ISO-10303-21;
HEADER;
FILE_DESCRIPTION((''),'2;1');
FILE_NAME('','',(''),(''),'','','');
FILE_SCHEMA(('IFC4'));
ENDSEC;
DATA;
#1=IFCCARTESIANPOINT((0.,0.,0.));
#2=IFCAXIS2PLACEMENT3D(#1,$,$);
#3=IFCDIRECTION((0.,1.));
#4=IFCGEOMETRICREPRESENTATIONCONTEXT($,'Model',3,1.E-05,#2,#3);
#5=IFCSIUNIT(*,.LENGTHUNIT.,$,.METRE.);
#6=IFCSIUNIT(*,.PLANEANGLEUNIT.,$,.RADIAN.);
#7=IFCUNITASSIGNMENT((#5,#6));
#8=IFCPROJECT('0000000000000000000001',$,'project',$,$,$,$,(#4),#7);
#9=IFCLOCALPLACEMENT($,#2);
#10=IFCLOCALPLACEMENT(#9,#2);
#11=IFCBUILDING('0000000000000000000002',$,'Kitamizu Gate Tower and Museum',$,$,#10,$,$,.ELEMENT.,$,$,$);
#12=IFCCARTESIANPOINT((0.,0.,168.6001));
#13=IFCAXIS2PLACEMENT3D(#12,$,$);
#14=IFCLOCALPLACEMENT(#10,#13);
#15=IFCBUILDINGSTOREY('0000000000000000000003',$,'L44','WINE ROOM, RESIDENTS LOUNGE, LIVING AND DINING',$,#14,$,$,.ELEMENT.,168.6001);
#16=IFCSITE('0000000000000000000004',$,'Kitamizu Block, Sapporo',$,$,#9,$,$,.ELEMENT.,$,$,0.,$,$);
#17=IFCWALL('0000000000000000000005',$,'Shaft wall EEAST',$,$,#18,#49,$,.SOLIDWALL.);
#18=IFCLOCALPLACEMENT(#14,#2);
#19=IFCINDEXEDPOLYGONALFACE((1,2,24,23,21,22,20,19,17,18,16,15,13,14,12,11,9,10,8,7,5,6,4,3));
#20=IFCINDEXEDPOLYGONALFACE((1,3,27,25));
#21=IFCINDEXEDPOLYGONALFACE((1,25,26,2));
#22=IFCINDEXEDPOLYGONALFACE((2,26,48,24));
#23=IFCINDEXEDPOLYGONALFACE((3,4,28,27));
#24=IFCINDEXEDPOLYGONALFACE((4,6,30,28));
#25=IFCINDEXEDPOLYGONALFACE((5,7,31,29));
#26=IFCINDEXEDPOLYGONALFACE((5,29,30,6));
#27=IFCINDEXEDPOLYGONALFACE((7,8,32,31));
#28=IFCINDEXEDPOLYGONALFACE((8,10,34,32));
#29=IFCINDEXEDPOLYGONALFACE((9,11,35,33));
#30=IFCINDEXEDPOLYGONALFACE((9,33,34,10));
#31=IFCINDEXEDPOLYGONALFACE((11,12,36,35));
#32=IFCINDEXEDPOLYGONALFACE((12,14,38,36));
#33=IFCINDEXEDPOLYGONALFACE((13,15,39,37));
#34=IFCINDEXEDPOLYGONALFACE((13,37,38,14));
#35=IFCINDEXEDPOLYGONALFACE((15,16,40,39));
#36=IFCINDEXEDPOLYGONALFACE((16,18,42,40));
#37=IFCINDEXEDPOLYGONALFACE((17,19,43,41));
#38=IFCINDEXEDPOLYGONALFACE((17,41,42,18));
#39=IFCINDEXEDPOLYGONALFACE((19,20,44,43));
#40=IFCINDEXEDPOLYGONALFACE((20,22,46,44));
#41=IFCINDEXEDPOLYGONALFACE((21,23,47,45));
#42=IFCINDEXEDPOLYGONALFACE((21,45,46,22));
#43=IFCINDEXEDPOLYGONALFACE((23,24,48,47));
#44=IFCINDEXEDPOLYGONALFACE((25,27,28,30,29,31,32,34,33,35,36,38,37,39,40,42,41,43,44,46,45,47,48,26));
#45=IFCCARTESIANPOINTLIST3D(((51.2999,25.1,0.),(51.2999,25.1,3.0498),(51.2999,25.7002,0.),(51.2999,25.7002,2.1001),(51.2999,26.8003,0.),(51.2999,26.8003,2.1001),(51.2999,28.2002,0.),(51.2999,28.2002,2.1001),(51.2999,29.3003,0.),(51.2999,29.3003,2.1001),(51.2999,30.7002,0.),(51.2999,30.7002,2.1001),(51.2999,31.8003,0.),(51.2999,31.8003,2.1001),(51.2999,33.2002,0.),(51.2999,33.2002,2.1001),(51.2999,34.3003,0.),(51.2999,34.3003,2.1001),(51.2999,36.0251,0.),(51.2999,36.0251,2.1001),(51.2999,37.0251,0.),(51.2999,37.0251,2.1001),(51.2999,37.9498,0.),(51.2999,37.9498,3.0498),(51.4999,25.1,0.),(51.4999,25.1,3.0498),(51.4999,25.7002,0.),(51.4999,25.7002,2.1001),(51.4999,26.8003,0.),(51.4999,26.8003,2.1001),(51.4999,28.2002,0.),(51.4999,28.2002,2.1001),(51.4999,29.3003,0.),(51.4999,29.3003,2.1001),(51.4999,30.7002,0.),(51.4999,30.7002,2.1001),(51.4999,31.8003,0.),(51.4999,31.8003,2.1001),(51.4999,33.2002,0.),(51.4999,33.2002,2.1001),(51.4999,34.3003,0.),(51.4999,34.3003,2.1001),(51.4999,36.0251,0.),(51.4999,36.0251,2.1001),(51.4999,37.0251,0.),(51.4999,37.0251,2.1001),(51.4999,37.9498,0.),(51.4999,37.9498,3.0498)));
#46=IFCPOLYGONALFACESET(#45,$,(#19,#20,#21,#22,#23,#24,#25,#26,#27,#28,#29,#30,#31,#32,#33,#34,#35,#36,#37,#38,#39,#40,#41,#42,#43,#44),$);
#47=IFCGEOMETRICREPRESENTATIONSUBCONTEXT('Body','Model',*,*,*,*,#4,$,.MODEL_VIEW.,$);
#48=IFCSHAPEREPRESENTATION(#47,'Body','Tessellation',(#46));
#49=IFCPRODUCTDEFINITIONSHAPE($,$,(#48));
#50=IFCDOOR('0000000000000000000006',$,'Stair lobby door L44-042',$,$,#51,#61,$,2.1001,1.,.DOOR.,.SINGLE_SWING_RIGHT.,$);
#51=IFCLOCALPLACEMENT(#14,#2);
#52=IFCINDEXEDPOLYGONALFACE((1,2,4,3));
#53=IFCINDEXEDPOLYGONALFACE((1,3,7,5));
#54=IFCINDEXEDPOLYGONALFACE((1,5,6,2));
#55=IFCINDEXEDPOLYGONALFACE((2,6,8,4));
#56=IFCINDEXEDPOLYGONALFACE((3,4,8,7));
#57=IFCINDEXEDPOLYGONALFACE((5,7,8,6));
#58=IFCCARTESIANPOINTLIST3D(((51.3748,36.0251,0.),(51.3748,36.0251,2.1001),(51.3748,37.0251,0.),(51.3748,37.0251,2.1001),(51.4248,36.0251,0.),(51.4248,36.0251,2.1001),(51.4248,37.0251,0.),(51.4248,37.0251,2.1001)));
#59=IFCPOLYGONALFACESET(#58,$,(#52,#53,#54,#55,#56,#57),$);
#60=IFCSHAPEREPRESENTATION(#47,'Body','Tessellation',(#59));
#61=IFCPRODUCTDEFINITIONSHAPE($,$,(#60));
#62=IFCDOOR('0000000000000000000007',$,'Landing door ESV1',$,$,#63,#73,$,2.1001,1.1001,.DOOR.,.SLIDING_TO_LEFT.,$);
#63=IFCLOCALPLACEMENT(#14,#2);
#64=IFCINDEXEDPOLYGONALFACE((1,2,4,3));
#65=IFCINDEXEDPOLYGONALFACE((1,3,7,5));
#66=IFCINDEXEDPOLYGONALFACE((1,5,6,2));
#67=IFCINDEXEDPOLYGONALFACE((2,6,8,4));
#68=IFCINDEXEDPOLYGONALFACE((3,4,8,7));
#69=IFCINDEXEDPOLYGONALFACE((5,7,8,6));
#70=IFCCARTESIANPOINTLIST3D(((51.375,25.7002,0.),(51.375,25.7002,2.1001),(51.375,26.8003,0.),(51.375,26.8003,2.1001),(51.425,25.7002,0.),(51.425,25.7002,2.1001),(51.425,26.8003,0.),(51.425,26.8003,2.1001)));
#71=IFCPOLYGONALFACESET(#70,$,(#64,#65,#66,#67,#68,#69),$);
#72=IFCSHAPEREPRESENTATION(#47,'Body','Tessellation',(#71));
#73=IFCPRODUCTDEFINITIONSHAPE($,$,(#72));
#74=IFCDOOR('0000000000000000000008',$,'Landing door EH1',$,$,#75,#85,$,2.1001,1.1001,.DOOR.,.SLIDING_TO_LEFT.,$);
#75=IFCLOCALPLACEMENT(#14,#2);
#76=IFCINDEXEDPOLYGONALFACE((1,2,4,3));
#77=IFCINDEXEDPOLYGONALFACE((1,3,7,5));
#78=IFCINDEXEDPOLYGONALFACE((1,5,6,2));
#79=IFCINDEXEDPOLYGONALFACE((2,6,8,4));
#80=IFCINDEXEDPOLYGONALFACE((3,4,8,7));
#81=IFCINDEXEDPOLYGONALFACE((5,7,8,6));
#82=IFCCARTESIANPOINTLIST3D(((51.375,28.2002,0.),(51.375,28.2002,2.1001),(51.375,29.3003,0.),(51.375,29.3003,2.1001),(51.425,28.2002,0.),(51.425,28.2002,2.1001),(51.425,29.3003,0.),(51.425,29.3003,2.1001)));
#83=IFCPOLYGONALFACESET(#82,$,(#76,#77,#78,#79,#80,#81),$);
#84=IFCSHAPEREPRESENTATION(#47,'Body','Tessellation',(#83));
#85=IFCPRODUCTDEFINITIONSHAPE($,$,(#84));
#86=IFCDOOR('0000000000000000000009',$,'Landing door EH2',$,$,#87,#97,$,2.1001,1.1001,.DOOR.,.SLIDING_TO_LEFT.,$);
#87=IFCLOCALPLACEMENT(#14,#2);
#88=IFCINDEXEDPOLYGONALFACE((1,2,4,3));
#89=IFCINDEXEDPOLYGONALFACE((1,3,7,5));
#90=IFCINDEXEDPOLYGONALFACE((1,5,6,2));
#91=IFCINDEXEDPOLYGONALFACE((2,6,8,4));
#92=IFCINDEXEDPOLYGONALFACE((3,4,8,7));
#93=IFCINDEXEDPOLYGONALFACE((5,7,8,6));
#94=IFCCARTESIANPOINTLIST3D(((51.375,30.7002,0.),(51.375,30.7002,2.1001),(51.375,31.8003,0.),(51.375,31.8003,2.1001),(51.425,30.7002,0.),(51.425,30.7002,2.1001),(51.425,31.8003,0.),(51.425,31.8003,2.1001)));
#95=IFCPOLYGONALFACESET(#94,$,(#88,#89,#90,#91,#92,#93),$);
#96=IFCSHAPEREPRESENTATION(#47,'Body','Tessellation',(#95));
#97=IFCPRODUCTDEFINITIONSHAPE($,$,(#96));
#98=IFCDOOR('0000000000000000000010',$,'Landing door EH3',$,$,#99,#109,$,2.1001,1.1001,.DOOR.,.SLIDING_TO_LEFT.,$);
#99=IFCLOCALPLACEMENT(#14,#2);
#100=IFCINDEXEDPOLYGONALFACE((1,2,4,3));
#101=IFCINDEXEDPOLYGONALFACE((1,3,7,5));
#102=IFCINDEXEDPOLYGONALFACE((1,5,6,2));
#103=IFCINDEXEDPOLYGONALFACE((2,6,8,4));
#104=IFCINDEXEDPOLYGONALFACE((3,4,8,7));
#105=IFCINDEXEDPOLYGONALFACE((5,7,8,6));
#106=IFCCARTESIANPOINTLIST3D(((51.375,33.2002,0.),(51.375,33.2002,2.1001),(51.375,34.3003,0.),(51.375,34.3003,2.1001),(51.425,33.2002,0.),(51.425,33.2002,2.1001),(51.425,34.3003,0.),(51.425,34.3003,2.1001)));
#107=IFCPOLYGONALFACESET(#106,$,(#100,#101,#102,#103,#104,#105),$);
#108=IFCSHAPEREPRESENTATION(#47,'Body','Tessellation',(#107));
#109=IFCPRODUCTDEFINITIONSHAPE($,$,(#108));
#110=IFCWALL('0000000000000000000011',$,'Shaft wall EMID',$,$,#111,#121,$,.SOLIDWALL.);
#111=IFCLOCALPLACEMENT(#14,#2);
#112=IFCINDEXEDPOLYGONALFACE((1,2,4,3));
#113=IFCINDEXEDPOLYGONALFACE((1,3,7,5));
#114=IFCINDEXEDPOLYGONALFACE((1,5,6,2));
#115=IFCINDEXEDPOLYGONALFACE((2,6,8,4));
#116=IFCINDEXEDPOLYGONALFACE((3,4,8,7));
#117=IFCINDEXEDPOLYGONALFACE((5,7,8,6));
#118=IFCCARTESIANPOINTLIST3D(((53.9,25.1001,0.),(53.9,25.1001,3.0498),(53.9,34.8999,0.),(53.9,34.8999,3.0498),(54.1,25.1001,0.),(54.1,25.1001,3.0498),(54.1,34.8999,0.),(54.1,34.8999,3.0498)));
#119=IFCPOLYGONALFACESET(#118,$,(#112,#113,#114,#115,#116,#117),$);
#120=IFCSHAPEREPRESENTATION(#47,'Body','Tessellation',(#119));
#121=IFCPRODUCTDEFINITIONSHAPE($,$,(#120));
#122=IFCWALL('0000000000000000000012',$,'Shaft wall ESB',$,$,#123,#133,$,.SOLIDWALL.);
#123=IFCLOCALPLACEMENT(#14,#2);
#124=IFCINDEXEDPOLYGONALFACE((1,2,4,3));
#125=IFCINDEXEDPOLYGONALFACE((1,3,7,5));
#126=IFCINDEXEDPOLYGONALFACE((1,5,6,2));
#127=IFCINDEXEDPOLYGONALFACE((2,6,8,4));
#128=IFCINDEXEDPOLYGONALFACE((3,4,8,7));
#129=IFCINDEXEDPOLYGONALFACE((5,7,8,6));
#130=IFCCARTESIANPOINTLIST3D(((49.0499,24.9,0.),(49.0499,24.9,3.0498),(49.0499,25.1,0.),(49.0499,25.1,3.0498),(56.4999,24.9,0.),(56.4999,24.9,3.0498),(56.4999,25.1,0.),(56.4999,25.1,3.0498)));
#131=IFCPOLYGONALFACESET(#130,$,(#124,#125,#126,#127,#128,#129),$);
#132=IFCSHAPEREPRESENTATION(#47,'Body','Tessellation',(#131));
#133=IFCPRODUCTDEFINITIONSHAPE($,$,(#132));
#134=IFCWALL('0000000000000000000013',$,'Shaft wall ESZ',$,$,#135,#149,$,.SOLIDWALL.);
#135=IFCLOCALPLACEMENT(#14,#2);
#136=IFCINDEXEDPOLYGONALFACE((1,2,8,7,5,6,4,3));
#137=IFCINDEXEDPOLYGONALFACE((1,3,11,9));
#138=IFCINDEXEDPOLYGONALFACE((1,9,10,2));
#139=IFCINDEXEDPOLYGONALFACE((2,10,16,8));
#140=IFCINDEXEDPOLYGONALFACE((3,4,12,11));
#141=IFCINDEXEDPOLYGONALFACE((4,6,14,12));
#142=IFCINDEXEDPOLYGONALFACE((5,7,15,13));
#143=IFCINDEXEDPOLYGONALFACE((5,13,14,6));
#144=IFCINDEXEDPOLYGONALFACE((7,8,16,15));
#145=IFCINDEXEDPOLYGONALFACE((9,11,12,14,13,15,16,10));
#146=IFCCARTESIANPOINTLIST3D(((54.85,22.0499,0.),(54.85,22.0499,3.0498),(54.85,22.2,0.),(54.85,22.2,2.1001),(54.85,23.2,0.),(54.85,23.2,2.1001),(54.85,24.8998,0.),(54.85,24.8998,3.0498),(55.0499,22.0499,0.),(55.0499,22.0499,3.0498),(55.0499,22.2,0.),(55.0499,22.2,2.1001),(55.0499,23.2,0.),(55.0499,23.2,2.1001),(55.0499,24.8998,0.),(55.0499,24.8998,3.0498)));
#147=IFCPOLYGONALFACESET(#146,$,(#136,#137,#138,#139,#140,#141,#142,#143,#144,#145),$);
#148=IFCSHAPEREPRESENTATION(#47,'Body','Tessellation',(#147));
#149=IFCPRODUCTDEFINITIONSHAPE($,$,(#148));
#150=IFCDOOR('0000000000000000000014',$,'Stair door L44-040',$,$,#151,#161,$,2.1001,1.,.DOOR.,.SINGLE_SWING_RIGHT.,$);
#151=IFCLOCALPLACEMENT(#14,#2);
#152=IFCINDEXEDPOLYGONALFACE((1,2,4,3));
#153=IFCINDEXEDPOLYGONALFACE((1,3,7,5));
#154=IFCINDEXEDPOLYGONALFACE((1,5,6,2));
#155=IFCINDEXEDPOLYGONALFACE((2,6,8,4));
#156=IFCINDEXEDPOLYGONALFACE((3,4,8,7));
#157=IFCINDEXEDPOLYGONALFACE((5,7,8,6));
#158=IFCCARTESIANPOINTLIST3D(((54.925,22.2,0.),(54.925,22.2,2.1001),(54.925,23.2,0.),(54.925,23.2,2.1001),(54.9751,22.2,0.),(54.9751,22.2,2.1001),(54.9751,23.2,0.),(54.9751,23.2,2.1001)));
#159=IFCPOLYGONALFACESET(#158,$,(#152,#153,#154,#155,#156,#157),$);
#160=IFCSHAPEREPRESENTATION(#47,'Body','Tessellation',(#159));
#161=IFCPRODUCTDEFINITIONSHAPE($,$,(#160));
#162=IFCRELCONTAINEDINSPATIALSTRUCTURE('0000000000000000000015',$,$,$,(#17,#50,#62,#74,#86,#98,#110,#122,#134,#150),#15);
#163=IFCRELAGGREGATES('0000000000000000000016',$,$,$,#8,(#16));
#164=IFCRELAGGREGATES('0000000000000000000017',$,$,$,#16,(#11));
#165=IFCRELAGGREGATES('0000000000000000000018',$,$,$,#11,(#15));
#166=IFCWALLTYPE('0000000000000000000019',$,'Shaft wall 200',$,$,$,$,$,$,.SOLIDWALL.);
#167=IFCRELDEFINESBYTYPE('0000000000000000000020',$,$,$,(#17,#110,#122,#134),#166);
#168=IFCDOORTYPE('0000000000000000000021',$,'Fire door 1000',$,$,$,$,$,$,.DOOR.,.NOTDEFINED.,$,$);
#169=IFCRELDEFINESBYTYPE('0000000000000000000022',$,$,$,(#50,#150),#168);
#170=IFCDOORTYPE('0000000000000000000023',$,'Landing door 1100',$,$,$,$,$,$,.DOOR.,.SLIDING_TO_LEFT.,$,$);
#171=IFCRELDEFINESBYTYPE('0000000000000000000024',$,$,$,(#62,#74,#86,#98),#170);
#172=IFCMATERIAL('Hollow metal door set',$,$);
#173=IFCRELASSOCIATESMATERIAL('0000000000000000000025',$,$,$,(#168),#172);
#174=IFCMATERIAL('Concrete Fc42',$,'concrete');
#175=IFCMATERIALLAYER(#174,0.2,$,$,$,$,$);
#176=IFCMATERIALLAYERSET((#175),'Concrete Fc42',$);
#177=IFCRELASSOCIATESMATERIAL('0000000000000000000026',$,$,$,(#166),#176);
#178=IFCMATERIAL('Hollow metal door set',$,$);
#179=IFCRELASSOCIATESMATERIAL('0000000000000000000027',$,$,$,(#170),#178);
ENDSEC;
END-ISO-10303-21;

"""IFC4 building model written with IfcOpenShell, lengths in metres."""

from ifc_helpers import new_model, si_unit, direction, frame, frame_2d, origin, place, context, subcontext, project, spatial, rectangle, extrude, material, layer, layer_set, type_object, element, fill, save


model = new_model("IFC4")

# Units and contexts
model_context = context("Model", 3, precision=1e-05, world=origin(), true_north=direction((0.0, 1.0)))
body_context = subcontext(model_context, "Body", "Model", "MODEL_VIEW")
ifc_project = project(units=[si_unit("LENGTHUNIT", "METRE"), si_unit("PLANEANGLEUNIT", "RADIAN")], contexts=[model_context])

# Site, building, storey
site_placement = place(None, origin())
site = spatial("IfcSite", under=ifc_project, at=site_placement, Name="Kitamizu Block, Sapporo", CompositionType="ELEMENT", RefElevation=0.0)
building_placement = place(site_placement, origin())
building = spatial("IfcBuilding", under=site, at=building_placement, Name="Kitamizu Gate Tower and Museum", CompositionType="ELEMENT")
storey_placement = place(building_placement, frame((0.0, 0.0, 168.6001)))
storey = spatial("IfcBuildingStorey", under=building, at=storey_placement, Name="L44", Description="WINE ROOM, RESIDENTS LOUNGE, LIVING AND DINING", CompositionType="ELEMENT", Elevation=168.6001)

# Shared definitions
ifc_material_1 = material(Name="Hollow metal door set")
door_type_1 = type_object("IfcDoorType", Name="Fire door 1000", OperationType="NOTDEFINED", PredefinedType="DOOR", material=ifc_material_1)

# Wall, openings, doors
ifc_material_2 = material(Name="Concrete Fc42", Category="concrete")
ifc_layer_1 = layer(ifc_material_2, 0.2)
ifc_layer_set_1 = layer_set([ifc_layer_1], Name="Concrete Fc42")
wall_type_1 = type_object("IfcWallType", Name="Shaft wall 200", PredefinedType="SOLIDWALL", material=ifc_layer_set_1)
ifc_material_3 = material(Name="Hollow metal door set")
door_type_2 = type_object("IfcDoorType", Name="Landing door 1100", OperationType="SLIDING_TO_LEFT", PredefinedType="DOOR", material=ifc_material_3)
wall_1_placement = place(storey_placement, frame((51.3999, 25.1001, 0.0), z_axis=(0.0, 0.0, 1.0), x_axis=(0.0, 1.0, 0.0)))
wall_1 = element("IfcWall", 1, at=wall_1_placement, inside=storey, type_object=wall_type_1, Name="Shaft wall EEAST", PredefinedType="SOLIDWALL", context=body_context, shape_type="SweptSolid", body=[
    extrude(rectangle(XDim=12.8499, YDim=0.2, at=frame_2d((6.4248, 0.0))), origin(), (0.0, 0.0, 1.0), 3.0498),
])
opening_1_placement = place(wall_1_placement, frame((0.6001, 0.0, 0.0)))
opening_1 = element("IfcOpeningElement", 2, at=opening_1_placement, cuts=wall_1, PredefinedType="OPENING", context=body_context, shape_type="SweptSolid", body=[
    extrude(rectangle(XDim=1.1001, YDim=2.1001, at=frame_2d((0.55, 1.05))), frame((0.0, 0.1099, 0.0), z_axis=(0.0, -1.0, 0.0), x_axis=(1.0, 0.0, 0.0)), (0.0, 0.0, 1.0), 0.22),
])
opening_2_placement = place(wall_1_placement, frame((3.1001, 0.0, 0.0)))
opening_2 = element("IfcOpeningElement", 3, at=opening_2_placement, cuts=wall_1, PredefinedType="OPENING", context=body_context, shape_type="SweptSolid", body=[
    extrude(rectangle(XDim=1.1001, YDim=2.1001, at=frame_2d((0.55, 1.05))), frame((0.0, 0.1099, 0.0), z_axis=(0.0, -1.0, 0.0), x_axis=(1.0, 0.0, 0.0)), (0.0, 0.0, 1.0), 0.22),
])
opening_3_placement = place(wall_1_placement, frame((5.6001, 0.0, 0.0)))
opening_3 = element("IfcOpeningElement", 4, at=opening_3_placement, cuts=wall_1, PredefinedType="OPENING", context=body_context, shape_type="SweptSolid", body=[
    extrude(rectangle(XDim=1.1001, YDim=2.1001, at=frame_2d((0.55, 1.05))), frame((0.0, 0.1099, 0.0), z_axis=(0.0, -1.0, 0.0), x_axis=(1.0, 0.0, 0.0)), (0.0, 0.0, 1.0), 0.22),
])
opening_4_placement = place(wall_1_placement, frame((8.1001, 0.0, 0.0)))
opening_4 = element("IfcOpeningElement", 5, at=opening_4_placement, cuts=wall_1, PredefinedType="OPENING", context=body_context, shape_type="SweptSolid", body=[
    extrude(rectangle(XDim=1.1001, YDim=2.1001, at=frame_2d((0.55, 1.05))), frame((0.0, 0.1099, 0.0), z_axis=(0.0, -1.0, 0.0), x_axis=(1.0, 0.0, 0.0)), (0.0, 0.0, 1.0), 0.22),
])
opening_5_placement = place(wall_1_placement, frame((10.925, 0.0, 0.0)))
opening_5 = element("IfcOpeningElement", 6, at=opening_5_placement, cuts=wall_1, PredefinedType="OPENING", context=body_context, shape_type="SweptSolid", body=[
    extrude(rectangle(XDim=1.0, YDim=2.1001, at=frame_2d((0.5, 1.05))), frame((0.0, 0.1099, 0.0), z_axis=(0.0, -1.0, 0.0), x_axis=(1.0, 0.0, 0.0)), (0.0, 0.0, 1.0), 0.22),
])
door_1_placement = place(opening_5_placement, frame((1.0, 0.0, 0.0), x_axis=(-1.0, 0.0, 0.0)))
door_1 = element("IfcDoor", 7, at=door_1_placement, inside=storey, type_object=door_type_1, Name="Stair lobby door L44-042", OperationType="SINGLE_SWING_RIGHT", OverallHeight=2.1001, OverallWidth=1.0, PredefinedType="DOOR", context=body_context, shape_type="SweptSolid", body=[
    extrude(rectangle(XDim=1.0, YDim=2.1001, at=frame_2d((0.5, 1.05))), frame((0.0, 0.0249, 0.0), z_axis=(0.0, -1.0, 0.0), x_axis=(1.0, 0.0, 0.0)), (0.0, 0.0, 1.0), 0.05),
])
fill(opening_5, door_1)
door_2_placement = place(opening_1_placement, origin())
door_2 = element("IfcDoor", 8, at=door_2_placement, inside=storey, type_object=door_type_2, Name="Landing door ESV1", OperationType="SLIDING_TO_LEFT", OverallHeight=2.1001, OverallWidth=1.1001, PredefinedType="DOOR", context=body_context, shape_type="SweptSolid", body=[
    extrude(rectangle(XDim=1.1001, YDim=2.1001, at=frame_2d((0.55, 1.05))), frame((0.0, 0.0249, 0.0), z_axis=(0.0, -1.0, 0.0), x_axis=(1.0, 0.0, 0.0)), (0.0, 0.0, 1.0), 0.05),
])
fill(opening_1, door_2)
door_3_placement = place(opening_2_placement, origin())
door_3 = element("IfcDoor", 9, at=door_3_placement, inside=storey, type_object=door_type_2, Name="Landing door EH1", OperationType="SLIDING_TO_LEFT", OverallHeight=2.1001, OverallWidth=1.1001, PredefinedType="DOOR", context=body_context, shape_type="SweptSolid", body=[
    extrude(rectangle(XDim=1.1001, YDim=2.1001, at=frame_2d((0.55, 1.05))), frame((0.0, 0.0249, 0.0), z_axis=(0.0, -1.0, 0.0), x_axis=(1.0, 0.0, 0.0)), (0.0, 0.0, 1.0), 0.05),
])
fill(opening_2, door_3)
door_4_placement = place(opening_3_placement, origin())
door_4 = element("IfcDoor", 10, at=door_4_placement, inside=storey, type_object=door_type_2, Name="Landing door EH2", OperationType="SLIDING_TO_LEFT", OverallHeight=2.1001, OverallWidth=1.1001, PredefinedType="DOOR", context=body_context, shape_type="SweptSolid", body=[
    extrude(rectangle(XDim=1.1001, YDim=2.1001, at=frame_2d((0.55, 1.05))), frame((0.0, 0.0249, 0.0), z_axis=(0.0, -1.0, 0.0), x_axis=(1.0, 0.0, 0.0)), (0.0, 0.0, 1.0), 0.05),
])
fill(opening_3, door_4)
door_5_placement = place(opening_4_placement, origin())
door_5 = element("IfcDoor", 11, at=door_5_placement, inside=storey, type_object=door_type_2, Name="Landing door EH3", OperationType="SLIDING_TO_LEFT", OverallHeight=2.1001, OverallWidth=1.1001, PredefinedType="DOOR", context=body_context, shape_type="SweptSolid", body=[
    extrude(rectangle(XDim=1.1001, YDim=2.1001, at=frame_2d((0.55, 1.05))), frame((0.0, 0.0249, 0.0), z_axis=(0.0, -1.0, 0.0), x_axis=(1.0, 0.0, 0.0)), (0.0, 0.0, 1.0), 0.05),
])
fill(opening_4, door_5)

# Walls
wall_2_placement = place(storey_placement, frame((54.0, 25.1001, 0.0), z_axis=(0.0, 0.0, 1.0), x_axis=(0.0, 1.0, 0.0)))
element("IfcWall", 12, at=wall_2_placement, inside=storey, type_object=wall_type_1, Name="Shaft wall EMID", PredefinedType="SOLIDWALL", context=body_context, shape_type="SweptSolid", body=[
    extrude(rectangle(XDim=9.7998, YDim=0.2, at=frame_2d((4.8999, 0.0))), origin(), (0.0, 0.0, 1.0), 3.0498),
])
wall_3_placement = place(storey_placement, frame((56.5, 25.0, 0.0), z_axis=(0.0, 0.0, 1.0), x_axis=(-1.0, 0.0, 0.0)))
element("IfcWall", 13, at=wall_3_placement, inside=storey, type_object=wall_type_1, Name="Shaft wall ESB", PredefinedType="SOLIDWALL", context=body_context, shape_type="SweptSolid", body=[
    extrude(rectangle(XDim=7.45, YDim=0.2, at=frame_2d((3.7251, 0.0))), origin(), (0.0, 0.0, 1.0), 3.0498),
])

# Wall, opening, door
wall_4_placement = place(storey_placement, frame((54.95, 22.05, 0.0), z_axis=(0.0, 0.0, 1.0), x_axis=(0.0, 1.0, 0.0)))
wall_4 = element("IfcWall", 14, at=wall_4_placement, inside=storey, type_object=wall_type_1, Name="Shaft wall ESZ", PredefinedType="SOLIDWALL", context=body_context, shape_type="SweptSolid", body=[
    extrude(rectangle(XDim=2.8499, YDim=0.2, at=frame_2d((1.4248, 0.0))), origin(), (0.0, 0.0, 1.0), 3.0498),
])
opening_6_placement = place(wall_4_placement, frame((0.1499, 0.0, 0.0)))
opening_6 = element("IfcOpeningElement", 15, at=opening_6_placement, cuts=wall_4, PredefinedType="OPENING", context=body_context, shape_type="SweptSolid", body=[
    extrude(rectangle(XDim=1.0, YDim=2.1001, at=frame_2d((0.5, 1.05))), frame((0.0, 0.1099, 0.0), z_axis=(0.0, -1.0, 0.0), x_axis=(1.0, 0.0, 0.0)), (0.0, 0.0, 1.0), 0.22),
])
door_6_placement = place(opening_6_placement, origin())
door_6 = element("IfcDoor", 16, at=door_6_placement, inside=storey, type_object=door_type_1, Name="Stair door L44-040", OperationType="SINGLE_SWING_RIGHT", OverallHeight=2.1001, OverallWidth=1.0, PredefinedType="DOOR", context=body_context, shape_type="SweptSolid", body=[
    extrude(rectangle(XDim=1.0, YDim=2.1001, at=frame_2d((0.5, 1.05))), frame((0.0, 0.0249, 0.0), z_axis=(0.0, -1.0, 0.0), x_axis=(1.0, 0.0, 0.0)), (0.0, 0.0, 1.0), 0.05),
])
fill(opening_6, door_6)

save(model, "model.ifc")
